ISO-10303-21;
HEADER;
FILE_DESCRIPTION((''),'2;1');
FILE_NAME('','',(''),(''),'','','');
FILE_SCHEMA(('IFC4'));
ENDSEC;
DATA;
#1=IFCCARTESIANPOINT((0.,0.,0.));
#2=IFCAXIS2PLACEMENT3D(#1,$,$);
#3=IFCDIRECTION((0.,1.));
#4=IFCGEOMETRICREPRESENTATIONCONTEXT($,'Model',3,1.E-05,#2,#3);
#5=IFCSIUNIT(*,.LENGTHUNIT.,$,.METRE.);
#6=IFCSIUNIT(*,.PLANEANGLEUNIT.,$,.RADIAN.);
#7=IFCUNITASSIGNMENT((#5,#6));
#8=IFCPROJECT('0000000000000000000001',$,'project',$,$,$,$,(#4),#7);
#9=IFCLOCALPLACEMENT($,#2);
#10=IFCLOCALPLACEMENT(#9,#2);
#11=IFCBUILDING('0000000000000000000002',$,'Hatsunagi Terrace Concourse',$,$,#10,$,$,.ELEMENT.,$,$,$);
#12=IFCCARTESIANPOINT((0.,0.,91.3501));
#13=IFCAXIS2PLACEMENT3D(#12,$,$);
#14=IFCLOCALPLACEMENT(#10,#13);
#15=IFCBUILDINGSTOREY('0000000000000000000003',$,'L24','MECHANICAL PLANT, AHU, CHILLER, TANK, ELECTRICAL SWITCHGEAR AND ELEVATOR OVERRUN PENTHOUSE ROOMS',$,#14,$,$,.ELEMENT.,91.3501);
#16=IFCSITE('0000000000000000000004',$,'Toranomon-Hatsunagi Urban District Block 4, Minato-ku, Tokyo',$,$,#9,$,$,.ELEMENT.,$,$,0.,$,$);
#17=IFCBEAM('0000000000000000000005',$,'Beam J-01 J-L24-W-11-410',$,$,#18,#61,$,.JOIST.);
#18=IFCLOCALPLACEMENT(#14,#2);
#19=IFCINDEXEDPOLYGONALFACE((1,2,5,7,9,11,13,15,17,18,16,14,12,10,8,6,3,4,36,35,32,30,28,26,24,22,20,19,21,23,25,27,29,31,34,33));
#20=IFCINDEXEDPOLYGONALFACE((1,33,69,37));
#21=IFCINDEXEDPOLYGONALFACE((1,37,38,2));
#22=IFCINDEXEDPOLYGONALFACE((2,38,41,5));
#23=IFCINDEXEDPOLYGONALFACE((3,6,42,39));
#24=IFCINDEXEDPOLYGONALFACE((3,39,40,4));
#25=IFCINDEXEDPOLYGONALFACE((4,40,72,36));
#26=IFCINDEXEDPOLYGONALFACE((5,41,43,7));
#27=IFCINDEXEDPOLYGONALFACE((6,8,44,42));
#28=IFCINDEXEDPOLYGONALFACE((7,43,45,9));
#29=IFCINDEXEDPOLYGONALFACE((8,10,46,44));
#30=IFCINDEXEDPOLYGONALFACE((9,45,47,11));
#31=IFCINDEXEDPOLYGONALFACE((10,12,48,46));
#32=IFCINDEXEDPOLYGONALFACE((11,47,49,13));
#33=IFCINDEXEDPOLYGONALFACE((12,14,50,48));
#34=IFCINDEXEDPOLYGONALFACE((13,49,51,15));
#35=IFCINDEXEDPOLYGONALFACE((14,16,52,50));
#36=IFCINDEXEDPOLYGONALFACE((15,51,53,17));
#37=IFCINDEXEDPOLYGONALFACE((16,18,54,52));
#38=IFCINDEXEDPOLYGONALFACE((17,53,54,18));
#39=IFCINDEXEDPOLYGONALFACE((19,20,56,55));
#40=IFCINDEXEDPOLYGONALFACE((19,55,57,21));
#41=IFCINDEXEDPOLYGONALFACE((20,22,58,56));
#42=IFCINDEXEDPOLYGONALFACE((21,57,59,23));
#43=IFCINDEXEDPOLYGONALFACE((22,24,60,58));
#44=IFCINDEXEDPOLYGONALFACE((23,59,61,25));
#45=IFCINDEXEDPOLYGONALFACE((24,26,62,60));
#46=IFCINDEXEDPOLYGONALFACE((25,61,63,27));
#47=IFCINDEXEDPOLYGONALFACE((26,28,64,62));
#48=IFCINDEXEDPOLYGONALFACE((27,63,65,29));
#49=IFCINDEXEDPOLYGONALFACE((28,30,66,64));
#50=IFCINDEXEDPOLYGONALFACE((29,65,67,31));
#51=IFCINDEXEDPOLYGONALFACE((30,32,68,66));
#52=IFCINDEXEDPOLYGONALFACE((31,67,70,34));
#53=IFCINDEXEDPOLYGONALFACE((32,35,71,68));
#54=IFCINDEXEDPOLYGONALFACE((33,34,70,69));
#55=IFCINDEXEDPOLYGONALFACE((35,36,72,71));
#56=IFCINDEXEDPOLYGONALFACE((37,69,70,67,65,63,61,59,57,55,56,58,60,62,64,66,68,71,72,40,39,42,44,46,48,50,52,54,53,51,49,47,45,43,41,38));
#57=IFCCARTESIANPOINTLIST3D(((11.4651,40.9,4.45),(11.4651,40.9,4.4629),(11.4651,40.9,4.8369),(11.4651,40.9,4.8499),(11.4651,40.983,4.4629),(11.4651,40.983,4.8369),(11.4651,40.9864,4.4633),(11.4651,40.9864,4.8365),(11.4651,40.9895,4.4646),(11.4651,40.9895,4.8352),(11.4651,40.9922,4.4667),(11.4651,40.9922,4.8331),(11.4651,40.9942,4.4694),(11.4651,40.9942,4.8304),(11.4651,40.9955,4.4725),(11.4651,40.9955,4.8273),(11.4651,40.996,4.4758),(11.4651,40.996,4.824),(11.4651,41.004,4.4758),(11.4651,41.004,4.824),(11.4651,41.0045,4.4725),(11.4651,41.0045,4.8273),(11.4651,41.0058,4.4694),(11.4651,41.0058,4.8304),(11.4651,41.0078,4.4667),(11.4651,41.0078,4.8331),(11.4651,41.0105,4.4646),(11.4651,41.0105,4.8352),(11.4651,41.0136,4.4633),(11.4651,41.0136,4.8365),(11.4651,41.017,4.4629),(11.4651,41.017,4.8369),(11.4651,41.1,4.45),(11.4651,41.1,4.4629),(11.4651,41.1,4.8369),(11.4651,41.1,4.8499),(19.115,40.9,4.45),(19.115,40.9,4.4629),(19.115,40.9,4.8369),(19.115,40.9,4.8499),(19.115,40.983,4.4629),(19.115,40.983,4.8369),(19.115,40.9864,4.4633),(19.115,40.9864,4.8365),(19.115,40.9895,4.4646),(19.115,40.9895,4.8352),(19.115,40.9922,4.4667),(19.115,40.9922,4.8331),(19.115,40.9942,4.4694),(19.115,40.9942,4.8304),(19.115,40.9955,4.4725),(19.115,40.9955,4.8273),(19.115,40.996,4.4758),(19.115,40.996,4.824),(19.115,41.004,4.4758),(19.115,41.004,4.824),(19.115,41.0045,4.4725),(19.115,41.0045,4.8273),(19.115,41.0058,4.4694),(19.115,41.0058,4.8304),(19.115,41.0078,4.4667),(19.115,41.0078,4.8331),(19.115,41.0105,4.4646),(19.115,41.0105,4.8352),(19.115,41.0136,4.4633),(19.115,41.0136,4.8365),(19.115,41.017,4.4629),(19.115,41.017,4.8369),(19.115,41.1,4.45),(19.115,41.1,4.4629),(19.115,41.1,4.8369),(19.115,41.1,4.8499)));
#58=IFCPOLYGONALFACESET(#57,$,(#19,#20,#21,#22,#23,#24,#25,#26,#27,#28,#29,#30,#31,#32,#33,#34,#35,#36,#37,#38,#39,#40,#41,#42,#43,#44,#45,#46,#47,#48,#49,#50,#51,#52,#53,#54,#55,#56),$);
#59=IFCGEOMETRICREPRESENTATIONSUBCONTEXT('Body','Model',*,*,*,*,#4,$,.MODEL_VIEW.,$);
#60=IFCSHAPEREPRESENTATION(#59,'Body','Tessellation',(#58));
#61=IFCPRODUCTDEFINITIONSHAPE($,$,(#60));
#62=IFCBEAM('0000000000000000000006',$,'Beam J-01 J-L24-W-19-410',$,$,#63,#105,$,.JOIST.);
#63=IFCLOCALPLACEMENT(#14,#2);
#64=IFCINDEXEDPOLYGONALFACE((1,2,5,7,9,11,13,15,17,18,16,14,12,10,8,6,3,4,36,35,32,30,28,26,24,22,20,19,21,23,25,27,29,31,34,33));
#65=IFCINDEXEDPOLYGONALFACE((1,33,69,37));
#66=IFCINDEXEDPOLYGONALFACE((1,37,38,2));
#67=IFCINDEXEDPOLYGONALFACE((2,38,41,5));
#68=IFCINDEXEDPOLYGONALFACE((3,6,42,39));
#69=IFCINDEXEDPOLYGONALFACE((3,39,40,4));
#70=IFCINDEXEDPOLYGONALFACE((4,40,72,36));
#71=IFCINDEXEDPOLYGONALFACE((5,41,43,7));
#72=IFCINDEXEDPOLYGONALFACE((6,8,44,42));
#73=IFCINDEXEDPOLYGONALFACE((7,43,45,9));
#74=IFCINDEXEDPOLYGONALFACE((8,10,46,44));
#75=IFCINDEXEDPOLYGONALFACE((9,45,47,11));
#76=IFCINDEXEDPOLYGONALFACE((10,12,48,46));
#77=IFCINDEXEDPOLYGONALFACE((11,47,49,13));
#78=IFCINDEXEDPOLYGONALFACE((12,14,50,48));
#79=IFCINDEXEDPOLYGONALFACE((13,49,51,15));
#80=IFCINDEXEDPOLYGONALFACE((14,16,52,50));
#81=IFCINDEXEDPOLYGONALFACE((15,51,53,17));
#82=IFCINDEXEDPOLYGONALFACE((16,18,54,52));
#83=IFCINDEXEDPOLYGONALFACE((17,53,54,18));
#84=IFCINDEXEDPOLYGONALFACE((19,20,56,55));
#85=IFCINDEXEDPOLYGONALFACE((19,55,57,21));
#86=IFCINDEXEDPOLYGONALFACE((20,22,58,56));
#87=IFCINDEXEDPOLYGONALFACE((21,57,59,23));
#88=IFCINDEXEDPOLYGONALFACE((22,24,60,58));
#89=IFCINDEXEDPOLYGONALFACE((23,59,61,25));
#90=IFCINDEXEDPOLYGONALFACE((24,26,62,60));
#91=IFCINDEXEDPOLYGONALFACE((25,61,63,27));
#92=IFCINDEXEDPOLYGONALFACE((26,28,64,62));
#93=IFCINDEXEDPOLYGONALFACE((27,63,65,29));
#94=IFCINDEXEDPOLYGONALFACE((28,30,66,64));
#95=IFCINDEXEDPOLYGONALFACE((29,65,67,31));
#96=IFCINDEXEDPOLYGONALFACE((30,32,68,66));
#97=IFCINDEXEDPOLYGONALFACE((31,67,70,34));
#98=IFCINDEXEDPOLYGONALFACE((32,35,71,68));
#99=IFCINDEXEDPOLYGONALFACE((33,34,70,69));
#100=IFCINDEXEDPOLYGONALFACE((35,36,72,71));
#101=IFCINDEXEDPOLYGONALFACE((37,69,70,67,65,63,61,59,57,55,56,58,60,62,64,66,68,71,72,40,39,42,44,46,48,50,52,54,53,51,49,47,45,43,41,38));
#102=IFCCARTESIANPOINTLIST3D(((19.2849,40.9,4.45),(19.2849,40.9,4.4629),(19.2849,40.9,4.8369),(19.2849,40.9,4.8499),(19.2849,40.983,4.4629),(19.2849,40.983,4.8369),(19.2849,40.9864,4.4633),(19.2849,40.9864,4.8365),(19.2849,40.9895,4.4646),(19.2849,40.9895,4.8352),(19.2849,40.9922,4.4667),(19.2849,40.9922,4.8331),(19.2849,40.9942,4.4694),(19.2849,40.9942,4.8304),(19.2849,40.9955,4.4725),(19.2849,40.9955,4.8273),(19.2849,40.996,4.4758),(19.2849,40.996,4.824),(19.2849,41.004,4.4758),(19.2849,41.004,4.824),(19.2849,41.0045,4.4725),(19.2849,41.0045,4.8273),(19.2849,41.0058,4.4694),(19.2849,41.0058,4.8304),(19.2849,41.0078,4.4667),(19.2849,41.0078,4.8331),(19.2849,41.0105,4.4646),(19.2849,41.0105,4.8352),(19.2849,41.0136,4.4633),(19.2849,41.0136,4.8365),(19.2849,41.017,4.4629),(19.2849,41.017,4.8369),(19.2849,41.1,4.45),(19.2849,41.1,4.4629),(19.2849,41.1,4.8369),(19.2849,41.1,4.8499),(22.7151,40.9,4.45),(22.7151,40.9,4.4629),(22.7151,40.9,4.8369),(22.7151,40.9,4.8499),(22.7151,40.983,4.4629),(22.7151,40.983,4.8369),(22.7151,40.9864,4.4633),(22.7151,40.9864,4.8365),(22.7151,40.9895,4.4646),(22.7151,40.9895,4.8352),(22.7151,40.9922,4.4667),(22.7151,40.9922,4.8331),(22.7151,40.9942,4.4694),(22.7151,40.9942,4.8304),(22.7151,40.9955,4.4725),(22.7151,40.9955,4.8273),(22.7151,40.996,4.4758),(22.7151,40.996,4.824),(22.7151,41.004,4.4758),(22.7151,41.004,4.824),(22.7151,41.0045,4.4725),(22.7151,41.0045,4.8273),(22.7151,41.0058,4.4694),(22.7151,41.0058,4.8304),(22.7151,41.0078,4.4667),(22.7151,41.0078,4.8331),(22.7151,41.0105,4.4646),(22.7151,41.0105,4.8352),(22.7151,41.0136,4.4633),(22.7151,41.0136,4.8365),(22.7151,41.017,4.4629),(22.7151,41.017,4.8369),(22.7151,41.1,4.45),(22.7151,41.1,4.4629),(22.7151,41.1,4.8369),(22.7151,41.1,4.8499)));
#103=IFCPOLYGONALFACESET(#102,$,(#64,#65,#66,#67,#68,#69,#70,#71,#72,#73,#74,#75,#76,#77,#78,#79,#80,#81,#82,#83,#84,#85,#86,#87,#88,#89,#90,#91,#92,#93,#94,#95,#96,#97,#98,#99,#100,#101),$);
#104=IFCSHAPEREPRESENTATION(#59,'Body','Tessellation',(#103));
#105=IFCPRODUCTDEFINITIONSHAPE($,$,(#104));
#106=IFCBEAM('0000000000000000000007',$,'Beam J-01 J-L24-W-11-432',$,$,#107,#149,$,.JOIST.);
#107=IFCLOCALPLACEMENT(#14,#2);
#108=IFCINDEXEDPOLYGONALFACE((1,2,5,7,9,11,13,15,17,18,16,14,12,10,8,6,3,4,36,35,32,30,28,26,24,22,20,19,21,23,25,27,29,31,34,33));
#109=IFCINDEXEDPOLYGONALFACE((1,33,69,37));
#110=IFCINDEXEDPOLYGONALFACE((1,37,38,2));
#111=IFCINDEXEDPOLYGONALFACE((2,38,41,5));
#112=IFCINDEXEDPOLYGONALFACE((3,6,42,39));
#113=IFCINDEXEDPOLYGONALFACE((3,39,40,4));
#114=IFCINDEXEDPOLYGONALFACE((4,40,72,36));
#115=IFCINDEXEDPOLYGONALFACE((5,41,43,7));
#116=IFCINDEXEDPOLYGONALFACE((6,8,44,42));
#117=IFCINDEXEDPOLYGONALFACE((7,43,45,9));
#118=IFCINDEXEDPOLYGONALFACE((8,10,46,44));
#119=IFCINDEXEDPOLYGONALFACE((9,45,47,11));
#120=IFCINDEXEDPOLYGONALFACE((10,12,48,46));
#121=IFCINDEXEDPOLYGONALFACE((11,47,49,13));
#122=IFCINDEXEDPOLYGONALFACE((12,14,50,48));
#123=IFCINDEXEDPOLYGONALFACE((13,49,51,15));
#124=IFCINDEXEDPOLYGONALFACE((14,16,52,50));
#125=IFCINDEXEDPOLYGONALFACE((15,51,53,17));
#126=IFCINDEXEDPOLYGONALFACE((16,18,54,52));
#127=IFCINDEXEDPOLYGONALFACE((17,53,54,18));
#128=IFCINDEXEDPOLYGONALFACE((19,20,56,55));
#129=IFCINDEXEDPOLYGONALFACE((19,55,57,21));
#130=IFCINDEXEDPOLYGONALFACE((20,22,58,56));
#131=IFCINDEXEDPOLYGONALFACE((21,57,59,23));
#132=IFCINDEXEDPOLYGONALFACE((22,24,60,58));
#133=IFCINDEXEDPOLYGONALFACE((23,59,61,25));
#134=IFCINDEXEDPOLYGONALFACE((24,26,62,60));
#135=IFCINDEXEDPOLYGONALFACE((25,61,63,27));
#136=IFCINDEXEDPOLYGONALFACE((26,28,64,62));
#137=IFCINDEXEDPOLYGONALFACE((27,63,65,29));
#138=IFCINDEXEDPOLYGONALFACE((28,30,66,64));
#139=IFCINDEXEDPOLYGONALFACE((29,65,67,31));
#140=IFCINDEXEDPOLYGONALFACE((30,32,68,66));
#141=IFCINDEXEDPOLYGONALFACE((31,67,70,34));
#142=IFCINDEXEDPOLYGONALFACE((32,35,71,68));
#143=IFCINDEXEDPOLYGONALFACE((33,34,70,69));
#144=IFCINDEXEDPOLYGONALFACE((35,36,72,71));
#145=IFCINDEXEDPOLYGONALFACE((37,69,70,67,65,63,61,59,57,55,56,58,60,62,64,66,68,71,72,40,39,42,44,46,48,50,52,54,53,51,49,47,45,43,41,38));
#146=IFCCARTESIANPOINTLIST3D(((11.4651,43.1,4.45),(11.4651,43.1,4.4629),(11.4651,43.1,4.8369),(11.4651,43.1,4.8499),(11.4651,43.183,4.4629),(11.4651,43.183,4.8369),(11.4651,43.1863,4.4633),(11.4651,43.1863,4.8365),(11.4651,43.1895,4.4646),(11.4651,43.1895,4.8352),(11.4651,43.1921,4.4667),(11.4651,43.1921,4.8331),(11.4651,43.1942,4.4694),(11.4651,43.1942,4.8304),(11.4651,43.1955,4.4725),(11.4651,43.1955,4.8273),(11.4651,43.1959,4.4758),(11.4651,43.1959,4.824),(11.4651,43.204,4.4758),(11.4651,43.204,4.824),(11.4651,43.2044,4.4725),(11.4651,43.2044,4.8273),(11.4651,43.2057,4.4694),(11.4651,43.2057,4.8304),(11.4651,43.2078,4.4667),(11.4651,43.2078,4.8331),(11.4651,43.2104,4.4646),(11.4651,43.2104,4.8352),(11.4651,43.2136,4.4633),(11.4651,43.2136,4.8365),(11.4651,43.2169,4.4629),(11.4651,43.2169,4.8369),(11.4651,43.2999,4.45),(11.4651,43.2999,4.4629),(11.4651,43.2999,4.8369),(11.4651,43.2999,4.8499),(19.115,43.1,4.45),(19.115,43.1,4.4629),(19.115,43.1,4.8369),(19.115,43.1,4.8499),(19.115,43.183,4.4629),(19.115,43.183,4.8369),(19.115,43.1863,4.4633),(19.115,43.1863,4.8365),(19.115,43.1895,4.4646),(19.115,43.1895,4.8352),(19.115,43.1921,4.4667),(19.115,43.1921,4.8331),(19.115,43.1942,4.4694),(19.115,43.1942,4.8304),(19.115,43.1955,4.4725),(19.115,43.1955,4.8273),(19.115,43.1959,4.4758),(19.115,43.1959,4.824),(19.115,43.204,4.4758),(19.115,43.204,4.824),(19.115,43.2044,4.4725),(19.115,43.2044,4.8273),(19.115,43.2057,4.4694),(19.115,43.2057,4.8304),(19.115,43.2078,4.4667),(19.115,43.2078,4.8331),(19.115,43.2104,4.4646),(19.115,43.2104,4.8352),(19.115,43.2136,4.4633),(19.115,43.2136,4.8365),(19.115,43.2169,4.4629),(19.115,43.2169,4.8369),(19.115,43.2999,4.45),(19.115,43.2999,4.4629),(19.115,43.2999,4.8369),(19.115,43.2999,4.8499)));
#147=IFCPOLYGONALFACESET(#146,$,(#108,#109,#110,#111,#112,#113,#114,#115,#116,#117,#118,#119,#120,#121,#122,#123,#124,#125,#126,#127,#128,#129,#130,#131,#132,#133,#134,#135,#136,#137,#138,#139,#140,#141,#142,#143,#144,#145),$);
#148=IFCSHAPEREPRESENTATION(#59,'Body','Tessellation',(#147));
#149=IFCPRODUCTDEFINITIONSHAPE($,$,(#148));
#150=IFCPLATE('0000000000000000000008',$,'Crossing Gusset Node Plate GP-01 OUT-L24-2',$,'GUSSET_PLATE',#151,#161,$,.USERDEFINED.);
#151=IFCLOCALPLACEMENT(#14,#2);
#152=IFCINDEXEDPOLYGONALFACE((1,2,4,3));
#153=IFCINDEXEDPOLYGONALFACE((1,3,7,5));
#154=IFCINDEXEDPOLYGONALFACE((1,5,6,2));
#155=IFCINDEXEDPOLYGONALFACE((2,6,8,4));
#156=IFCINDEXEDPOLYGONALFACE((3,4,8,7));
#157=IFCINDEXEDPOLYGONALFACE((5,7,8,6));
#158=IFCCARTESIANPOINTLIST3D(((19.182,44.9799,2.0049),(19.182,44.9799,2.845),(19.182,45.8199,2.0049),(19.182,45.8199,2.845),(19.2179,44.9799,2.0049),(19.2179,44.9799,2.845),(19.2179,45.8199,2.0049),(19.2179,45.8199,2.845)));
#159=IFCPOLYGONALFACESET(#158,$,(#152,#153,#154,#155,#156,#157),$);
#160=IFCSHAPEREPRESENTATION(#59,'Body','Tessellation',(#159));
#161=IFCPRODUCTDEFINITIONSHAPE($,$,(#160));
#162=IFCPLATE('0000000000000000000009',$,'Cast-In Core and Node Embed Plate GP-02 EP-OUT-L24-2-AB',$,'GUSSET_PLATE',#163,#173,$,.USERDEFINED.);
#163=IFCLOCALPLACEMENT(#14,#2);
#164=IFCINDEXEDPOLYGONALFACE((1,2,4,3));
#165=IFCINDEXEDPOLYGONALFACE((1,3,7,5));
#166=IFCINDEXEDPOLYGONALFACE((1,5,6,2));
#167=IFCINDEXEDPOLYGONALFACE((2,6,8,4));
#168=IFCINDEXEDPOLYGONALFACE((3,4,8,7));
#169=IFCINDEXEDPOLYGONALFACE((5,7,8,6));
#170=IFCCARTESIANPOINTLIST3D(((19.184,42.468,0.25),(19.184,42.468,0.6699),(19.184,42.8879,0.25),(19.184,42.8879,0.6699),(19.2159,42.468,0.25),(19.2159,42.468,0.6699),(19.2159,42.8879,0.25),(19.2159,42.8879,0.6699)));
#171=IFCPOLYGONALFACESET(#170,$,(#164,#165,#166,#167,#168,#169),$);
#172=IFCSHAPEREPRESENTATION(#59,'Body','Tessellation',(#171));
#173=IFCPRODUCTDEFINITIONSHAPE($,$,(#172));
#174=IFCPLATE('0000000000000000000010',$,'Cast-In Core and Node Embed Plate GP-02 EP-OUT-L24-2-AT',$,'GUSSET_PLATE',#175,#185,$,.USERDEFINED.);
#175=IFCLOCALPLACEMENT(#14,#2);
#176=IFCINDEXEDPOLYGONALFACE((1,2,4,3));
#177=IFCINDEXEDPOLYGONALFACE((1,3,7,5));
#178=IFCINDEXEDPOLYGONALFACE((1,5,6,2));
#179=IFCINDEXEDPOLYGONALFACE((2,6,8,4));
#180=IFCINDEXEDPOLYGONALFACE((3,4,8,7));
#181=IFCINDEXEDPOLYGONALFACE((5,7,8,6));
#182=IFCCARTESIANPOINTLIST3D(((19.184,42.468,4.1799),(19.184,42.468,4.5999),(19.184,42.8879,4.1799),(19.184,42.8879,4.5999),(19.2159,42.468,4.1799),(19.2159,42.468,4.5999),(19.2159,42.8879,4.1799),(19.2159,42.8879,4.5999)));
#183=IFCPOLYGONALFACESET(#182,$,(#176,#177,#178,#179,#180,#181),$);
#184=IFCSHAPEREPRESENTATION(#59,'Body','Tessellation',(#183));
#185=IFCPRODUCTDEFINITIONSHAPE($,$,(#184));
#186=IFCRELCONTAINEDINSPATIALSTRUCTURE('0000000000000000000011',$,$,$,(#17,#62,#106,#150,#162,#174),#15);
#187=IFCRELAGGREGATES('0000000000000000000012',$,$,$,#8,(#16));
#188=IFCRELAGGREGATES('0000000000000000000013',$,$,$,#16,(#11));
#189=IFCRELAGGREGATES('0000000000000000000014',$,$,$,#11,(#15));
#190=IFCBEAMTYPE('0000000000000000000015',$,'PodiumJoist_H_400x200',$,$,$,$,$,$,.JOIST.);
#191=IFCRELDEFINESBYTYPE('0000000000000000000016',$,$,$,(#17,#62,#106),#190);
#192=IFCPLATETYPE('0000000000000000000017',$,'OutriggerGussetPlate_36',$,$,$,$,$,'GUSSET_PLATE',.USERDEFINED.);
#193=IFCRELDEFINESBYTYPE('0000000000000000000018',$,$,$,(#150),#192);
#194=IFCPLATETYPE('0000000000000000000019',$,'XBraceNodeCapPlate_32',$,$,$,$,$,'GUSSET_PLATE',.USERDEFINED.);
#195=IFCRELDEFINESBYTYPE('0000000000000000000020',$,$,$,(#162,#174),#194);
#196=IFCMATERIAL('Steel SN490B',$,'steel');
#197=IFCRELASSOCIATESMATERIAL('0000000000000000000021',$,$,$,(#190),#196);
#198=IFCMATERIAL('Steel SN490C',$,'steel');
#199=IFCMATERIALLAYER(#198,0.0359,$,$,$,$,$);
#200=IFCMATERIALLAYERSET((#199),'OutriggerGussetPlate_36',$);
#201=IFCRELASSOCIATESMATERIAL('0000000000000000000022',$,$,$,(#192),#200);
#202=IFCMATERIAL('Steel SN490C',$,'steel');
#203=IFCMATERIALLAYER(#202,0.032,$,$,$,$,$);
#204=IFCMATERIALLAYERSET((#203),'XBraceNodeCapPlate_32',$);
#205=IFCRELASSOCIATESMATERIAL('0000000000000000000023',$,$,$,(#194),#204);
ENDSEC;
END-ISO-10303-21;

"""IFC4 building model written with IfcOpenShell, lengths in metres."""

from ifc_helpers import new_model, si_unit, direction, frame, origin, origin_2d, place, context, subcontext, project, spatial, rectangle, i_section, extrude, material, layer, layer_set, material_profile, profile_set, type_object, element, save


model = new_model("IFC4")

# Units and contexts
model_context = context("Model", 3, precision=1e-05, world=origin(), true_north=direction((0.0, 1.0)))
body_context = subcontext(model_context, "Body", "Model", "MODEL_VIEW")
ifc_project = project(units=[si_unit("LENGTHUNIT", "METRE"), si_unit("PLANEANGLEUNIT", "RADIAN")], contexts=[model_context])

# Site, building, storey
site_placement = place(None, origin())
site = spatial("IfcSite", under=ifc_project, at=site_placement, Name="Toranomon-Hatsunagi Urban District Block 4, Minato-ku, Tokyo", CompositionType="ELEMENT", RefElevation=0.0)
building_placement = place(site_placement, origin())
building = spatial("IfcBuilding", under=site, at=building_placement, Name="Hatsunagi Terrace Concourse", CompositionType="ELEMENT")
storey_placement = place(building_placement, frame((0.0, 0.0, 91.3501)))
storey = spatial("IfcBuildingStorey", under=building, at=storey_placement, Name="L24", Description="MECHANICAL PLANT, AHU, CHILLER, TANK, ELECTRICAL SWITCHGEAR AND ELEVATOR OVERRUN PENTHOUSE ROOMS", CompositionType="ELEMENT", Elevation=91.3501)

# Beams
ifc_material_1 = material(Name="Steel SN490B", Category="steel")
ifc_material_profile_1 = material_profile(ifc_material_1, i_section(OverallWidth=0.2, OverallDepth=0.3999, WebThickness=0.0081, FlangeThickness=0.0129, FilletRadius=0.0129, at=origin_2d()), Name="H-400x200x8x13")
ifc_profile_set_1 = profile_set([ifc_material_profile_1], Name="Steel SN490B")
beam_type_1 = type_object("IfcBeamType", Name="PodiumJoist_H_400x200", PredefinedType="JOIST", material=ifc_profile_set_1)
beam_1_placement = place(storey_placement, frame((11.4651, 41.0, 4.6499), z_axis=(1.0, 0.0, 0.0), x_axis=(0.0, 1.0, 0.0)))
element("IfcBeam", 1, at=beam_1_placement, inside=storey, type_object=beam_type_1, Name="Beam J-01 J-L24-W-11-410", PredefinedType="JOIST", context=body_context, shape_type="SweptSolid", body=[
    extrude(i_section(OverallWidth=0.2, OverallDepth=0.3999, WebThickness=0.0081, FlangeThickness=0.0129, FilletRadius=0.0129, at=origin_2d()), origin(), (0.0, 0.0, 1.0), 7.6499),
])
beam_2_placement = place(storey_placement, frame((19.2849, 41.0, 4.6499), z_axis=(1.0, 0.0, 0.0), x_axis=(0.0, 1.0, 0.0)))
element("IfcBeam", 2, at=beam_2_placement, inside=storey, type_object=beam_type_1, Name="Beam J-01 J-L24-W-19-410", PredefinedType="JOIST", context=body_context, shape_type="SweptSolid", body=[
    extrude(i_section(OverallWidth=0.2, OverallDepth=0.3999, WebThickness=0.0081, FlangeThickness=0.0129, FilletRadius=0.0129, at=origin_2d()), origin(), (0.0, 0.0, 1.0), 3.4302),
])
beam_3_placement = place(storey_placement, frame((11.4651, 43.2, 4.6499), z_axis=(1.0, 0.0, 0.0), x_axis=(0.0, 1.0, 0.0)))
element("IfcBeam", 3, at=beam_3_placement, inside=storey, type_object=beam_type_1, Name="Beam J-01 J-L24-W-11-432", PredefinedType="JOIST", context=body_context, shape_type="SweptSolid", body=[
    extrude(i_section(OverallWidth=0.2, OverallDepth=0.3999, WebThickness=0.0081, FlangeThickness=0.0129, FilletRadius=0.0129, at=origin_2d()), origin(), (0.0, 0.0, 1.0), 7.6499),
])

# Plates
ifc_material_2 = material(Name="Steel SN490C", Category="steel")
ifc_layer_1 = layer(ifc_material_2, 0.0359)
ifc_layer_set_1 = layer_set([ifc_layer_1], Name="OutriggerGussetPlate_36")
plate_type_1 = type_object("IfcPlateType", Name="OutriggerGussetPlate_36", ElementType="GUSSET_PLATE", PredefinedType="USERDEFINED", material=ifc_layer_set_1)
plate_placement = place(storey_placement, frame((19.2, 45.3999, 2.0049), z_axis=(0.0, 0.0, 1.0), x_axis=(0.0, 1.0, 0.0)))
element("IfcPlate", 4, at=plate_placement, inside=storey, type_object=plate_type_1, Name="Crossing Gusset Node Plate GP-01 OUT-L24-2", ObjectType="GUSSET_PLATE", PredefinedType="USERDEFINED", context=body_context, shape_type="SweptSolid", body=[
    extrude(rectangle(XDim=0.8401, YDim=0.0359, at=origin_2d()), origin(), (0.0, 0.0, 1.0), 0.8401),
])
ifc_material_3 = material(Name="Steel SN490C", Category="steel")
ifc_layer_2 = layer(ifc_material_3, 0.032)
ifc_layer_set_2 = layer_set([ifc_layer_2], Name="XBraceNodeCapPlate_32")
plate_type_2 = type_object("IfcPlateType", Name="XBraceNodeCapPlate_32", ElementType="GUSSET_PLATE", PredefinedType="USERDEFINED", material=ifc_layer_set_2)
for number, where, z_axis, x_axis, name in (
    (5, (19.2, 42.678, 0.25), (0.0, 0.0, 1.0), (0.0, 1.0, 0.0), "Cast-In Core and Node Embed Plate GP-02 EP-OUT-L24-2-AB"),
    (6, (19.2, 42.678, 4.1799), (0.0, 0.0, 1.0), (0.0, 1.0, 0.0), "Cast-In Core and Node Embed Plate GP-02 EP-OUT-L24-2-AT"),
):
    element("IfcPlate", number, at=place(storey_placement, frame(where, z_axis=z_axis, x_axis=x_axis)), inside=storey, type_object=plate_type_2, Name=name, ObjectType="GUSSET_PLATE", PredefinedType="USERDEFINED", context=body_context, shape_type="SweptSolid", body=[
        extrude(rectangle(XDim=0.4199, YDim=0.032, at=origin_2d()), origin(), (0.0, 0.0, 1.0), 0.4199),
    ])

save(model, "model.ifc")
